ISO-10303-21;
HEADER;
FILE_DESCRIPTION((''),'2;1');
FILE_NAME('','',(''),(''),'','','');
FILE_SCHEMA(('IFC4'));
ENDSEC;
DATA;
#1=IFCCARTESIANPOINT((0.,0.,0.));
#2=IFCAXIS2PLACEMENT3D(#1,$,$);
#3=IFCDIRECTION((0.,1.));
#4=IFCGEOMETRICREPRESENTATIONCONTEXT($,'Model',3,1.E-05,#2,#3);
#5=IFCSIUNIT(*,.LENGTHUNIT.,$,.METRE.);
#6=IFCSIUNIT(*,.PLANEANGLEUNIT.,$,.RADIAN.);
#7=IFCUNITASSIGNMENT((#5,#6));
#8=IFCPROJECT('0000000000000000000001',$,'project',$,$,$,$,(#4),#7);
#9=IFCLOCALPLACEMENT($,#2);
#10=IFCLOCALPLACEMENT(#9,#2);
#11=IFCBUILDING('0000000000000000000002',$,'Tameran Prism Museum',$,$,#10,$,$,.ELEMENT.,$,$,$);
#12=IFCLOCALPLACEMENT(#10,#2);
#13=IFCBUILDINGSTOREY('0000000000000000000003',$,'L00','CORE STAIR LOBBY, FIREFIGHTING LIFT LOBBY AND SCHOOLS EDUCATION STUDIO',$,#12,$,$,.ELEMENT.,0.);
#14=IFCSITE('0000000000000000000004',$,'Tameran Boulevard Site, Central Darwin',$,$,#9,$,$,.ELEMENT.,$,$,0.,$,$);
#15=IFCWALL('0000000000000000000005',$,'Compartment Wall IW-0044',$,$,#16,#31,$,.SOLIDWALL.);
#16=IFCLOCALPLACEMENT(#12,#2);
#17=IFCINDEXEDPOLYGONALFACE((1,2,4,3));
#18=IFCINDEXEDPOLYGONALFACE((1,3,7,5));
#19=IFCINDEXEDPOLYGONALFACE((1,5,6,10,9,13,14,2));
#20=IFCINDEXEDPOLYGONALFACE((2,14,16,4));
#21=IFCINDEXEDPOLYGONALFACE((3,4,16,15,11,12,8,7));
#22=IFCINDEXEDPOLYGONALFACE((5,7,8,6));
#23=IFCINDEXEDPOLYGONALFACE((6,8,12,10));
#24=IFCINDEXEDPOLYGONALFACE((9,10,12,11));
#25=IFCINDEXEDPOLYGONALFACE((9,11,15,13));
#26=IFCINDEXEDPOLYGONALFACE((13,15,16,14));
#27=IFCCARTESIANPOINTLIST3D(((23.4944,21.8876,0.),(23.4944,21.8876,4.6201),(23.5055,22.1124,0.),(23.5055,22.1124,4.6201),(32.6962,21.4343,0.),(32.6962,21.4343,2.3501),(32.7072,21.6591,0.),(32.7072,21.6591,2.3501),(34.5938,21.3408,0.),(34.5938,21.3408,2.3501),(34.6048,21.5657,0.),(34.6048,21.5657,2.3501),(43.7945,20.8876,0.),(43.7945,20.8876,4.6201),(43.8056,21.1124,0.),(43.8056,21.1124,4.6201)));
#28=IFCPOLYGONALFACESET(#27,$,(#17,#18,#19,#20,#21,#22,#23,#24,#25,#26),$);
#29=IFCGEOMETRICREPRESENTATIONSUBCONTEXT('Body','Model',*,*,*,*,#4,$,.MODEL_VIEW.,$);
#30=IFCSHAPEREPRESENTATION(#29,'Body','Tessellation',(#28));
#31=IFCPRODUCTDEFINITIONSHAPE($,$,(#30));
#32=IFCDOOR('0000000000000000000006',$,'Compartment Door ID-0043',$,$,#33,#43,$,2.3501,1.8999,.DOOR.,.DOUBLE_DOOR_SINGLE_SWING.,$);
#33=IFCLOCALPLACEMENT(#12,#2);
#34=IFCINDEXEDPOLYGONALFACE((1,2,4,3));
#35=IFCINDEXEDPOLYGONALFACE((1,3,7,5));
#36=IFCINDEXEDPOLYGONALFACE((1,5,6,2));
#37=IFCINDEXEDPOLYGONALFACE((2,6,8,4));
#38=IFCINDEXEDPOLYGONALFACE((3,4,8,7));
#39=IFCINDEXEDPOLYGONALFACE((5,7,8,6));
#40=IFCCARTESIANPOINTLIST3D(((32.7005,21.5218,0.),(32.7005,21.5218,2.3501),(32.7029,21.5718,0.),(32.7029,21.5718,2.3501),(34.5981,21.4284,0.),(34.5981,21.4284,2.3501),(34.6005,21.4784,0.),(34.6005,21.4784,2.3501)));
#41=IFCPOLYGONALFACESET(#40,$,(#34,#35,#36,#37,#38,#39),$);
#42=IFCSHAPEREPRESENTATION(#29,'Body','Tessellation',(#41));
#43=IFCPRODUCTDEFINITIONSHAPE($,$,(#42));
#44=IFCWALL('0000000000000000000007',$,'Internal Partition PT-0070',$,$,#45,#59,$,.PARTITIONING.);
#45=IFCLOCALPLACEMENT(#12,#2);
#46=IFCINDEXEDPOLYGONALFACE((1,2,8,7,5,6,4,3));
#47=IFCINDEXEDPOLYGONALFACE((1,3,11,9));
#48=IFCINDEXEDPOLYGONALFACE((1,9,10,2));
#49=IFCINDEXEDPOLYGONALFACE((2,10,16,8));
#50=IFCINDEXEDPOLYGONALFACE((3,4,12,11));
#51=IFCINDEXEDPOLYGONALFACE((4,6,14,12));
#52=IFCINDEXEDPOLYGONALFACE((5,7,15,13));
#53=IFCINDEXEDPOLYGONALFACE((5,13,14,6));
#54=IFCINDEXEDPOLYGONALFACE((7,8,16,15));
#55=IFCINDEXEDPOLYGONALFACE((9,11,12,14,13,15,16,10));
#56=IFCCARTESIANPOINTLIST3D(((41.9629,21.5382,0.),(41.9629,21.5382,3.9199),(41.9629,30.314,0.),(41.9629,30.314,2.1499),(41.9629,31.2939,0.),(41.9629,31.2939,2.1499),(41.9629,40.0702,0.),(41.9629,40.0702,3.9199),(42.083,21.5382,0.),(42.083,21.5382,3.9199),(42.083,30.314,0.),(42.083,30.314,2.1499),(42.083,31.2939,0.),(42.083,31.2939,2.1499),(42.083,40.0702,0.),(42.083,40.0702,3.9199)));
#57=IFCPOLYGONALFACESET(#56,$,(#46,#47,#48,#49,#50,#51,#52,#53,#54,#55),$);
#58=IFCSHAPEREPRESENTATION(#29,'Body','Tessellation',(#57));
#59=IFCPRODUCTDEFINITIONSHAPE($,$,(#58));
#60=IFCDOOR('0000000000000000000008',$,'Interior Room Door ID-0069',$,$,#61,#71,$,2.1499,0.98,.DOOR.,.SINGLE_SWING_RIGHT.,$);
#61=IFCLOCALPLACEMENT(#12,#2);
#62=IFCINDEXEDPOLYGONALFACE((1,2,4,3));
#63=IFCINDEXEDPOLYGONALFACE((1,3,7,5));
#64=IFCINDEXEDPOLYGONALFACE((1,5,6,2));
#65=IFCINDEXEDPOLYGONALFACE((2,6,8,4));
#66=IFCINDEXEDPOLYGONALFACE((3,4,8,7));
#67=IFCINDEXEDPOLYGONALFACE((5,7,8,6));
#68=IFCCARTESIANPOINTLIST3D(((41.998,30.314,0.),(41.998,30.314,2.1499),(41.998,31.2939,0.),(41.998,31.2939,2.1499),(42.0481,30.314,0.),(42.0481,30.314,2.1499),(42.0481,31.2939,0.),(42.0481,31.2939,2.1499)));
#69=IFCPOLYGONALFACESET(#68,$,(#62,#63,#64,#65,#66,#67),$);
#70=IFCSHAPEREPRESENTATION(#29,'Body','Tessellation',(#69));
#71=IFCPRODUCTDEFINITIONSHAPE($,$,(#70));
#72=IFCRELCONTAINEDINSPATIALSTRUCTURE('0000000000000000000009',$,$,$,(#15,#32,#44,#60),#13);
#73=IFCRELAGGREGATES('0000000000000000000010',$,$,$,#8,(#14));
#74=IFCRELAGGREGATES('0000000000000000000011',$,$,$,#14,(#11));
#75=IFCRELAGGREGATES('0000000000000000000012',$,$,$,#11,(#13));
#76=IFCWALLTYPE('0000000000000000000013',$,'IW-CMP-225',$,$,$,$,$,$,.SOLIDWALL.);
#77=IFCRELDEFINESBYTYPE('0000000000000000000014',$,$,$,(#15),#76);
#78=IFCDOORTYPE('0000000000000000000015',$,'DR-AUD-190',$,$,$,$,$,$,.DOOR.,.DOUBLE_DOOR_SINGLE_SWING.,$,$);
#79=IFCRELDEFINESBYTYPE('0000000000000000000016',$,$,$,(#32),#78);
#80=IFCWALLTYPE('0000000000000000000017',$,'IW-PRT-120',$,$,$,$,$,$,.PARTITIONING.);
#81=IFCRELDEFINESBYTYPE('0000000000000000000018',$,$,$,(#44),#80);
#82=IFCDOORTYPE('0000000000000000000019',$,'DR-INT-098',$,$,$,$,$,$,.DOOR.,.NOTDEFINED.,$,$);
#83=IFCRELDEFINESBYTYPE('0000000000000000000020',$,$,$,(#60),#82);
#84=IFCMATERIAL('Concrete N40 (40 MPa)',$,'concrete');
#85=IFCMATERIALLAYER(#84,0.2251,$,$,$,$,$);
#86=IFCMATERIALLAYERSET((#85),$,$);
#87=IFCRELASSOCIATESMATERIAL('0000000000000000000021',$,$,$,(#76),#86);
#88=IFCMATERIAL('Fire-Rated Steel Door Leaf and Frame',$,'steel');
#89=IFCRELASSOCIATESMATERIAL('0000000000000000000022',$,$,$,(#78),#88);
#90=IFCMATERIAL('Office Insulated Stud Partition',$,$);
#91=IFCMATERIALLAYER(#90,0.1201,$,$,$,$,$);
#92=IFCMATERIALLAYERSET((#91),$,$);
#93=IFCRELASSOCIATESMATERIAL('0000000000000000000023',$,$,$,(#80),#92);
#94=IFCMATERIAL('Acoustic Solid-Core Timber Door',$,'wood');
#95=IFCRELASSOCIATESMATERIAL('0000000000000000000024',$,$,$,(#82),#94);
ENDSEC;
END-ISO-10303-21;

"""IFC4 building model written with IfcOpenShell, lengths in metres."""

from ifc_helpers import new_model, si_unit, direction, frame, frame_2d, origin, place, context, subcontext, project, spatial, rectangle, extrude, material, layer, layer_set, type_object, element, fill, save


model = new_model("IFC4")

# Units and contexts
model_context = context("Model", 3, precision=1e-05, world=origin(), true_north=direction((0.0, 1.0)))
body_context = subcontext(model_context, "Body", "Model", "MODEL_VIEW")
ifc_project = project(units=[si_unit("LENGTHUNIT", "METRE"), si_unit("PLANEANGLEUNIT", "RADIAN")], contexts=[model_context])

# Site, building, storey
site_placement = place(None, origin())
site = spatial("IfcSite", under=ifc_project, at=site_placement, Name="Tameran Boulevard Site, Central Darwin", CompositionType="ELEMENT", RefElevation=0.0)
building_placement = place(site_placement, origin())
building = spatial("IfcBuilding", under=site, at=building_placement, Name="Tameran Prism Museum", CompositionType="ELEMENT")
storey_placement = place(building_placement, origin())
storey = spatial("IfcBuildingStorey", under=building, at=storey_placement, Name="L00", Description="CORE STAIR LOBBY, FIREFIGHTING LIFT LOBBY AND SCHOOLS EDUCATION STUDIO", CompositionType="ELEMENT", Elevation=0.0)

# Walls, openings, doors
ifc_material_1 = material(Name="Concrete N40 (40 MPa)", Category="concrete")
ifc_layer_1 = layer(ifc_material_1, 0.2251)
ifc_layer_set_1 = layer_set([ifc_layer_1])
wall_type_1 = type_object("IfcWallType", Name="IW-CMP-225", PredefinedType="SOLIDWALL", material=ifc_layer_set_1)
wall_1_placement = place(storey_placement, frame((43.8, 21.0, 0.0), z_axis=(0.0, 0.0, 1.0), x_axis=(-0.998789, 0.049201, 0.0)))
wall_1 = element("IfcWall", 1, at=wall_1_placement, inside=storey, type_object=wall_type_1, Name="Compartment Wall IW-0044", PredefinedType="SOLIDWALL", context=body_context, shape_type="SweptSolid", body=[
    extrude(rectangle(XDim=20.3247, YDim=0.2251, at=frame_2d((10.1624, 0.0))), origin(), (0.0, 0.0, 1.0), 4.6201),
])
opening_1_placement = place(wall_1_placement, frame((9.2119, 0.0, 0.0)))
opening_1 = element("IfcOpeningElement", 2, at=opening_1_placement, cuts=wall_1, PredefinedType="OPENING", context=body_context, shape_type="SweptSolid", body=[
    extrude(rectangle(XDim=1.8999, YDim=2.3501, at=frame_2d((0.95, 1.175))), frame((0.0, 0.1226, 0.0), z_axis=(0.0, -1.0, 0.0), x_axis=(1.0, 0.0, 0.0)), (0.0, 0.0, 1.0), 0.2451),
])
ifc_material_2 = material(Name="Fire-Rated Steel Door Leaf and Frame", Category="steel")
door_type_1 = type_object("IfcDoorType", Name="DR-AUD-190", OperationType="DOUBLE_DOOR_SINGLE_SWING", PredefinedType="DOOR", material=ifc_material_2)
door_1_placement = place(opening_1_placement, origin())
door_1 = element("IfcDoor", 3, at=door_1_placement, inside=storey, type_object=door_type_1, Name="Compartment Door ID-0043", OperationType="DOUBLE_DOOR_SINGLE_SWING", OverallHeight=2.3501, OverallWidth=1.8999, PredefinedType="DOOR", context=body_context, shape_type="SweptSolid", body=[
    extrude(rectangle(XDim=1.8999, YDim=2.3501, at=frame_2d((0.95, 1.175))), frame((0.0, 0.0249, 0.0), z_axis=(0.0, -1.0, 0.0), x_axis=(1.0, 0.0, 0.0)), (0.0, 0.0, 1.0), 0.05),
])
fill(opening_1, door_1)
ifc_material_3 = material(Name="Office Insulated Stud Partition")
ifc_layer_2 = layer(ifc_material_3, 0.1201)
ifc_layer_set_2 = layer_set([ifc_layer_2])
wall_type_2 = type_object("IfcWallType", Name="IW-PRT-120", PredefinedType="PARTITIONING", material=ifc_layer_set_2)
wall_2_placement = place(storey_placement, frame((42.0229, 21.5381, 0.0), z_axis=(0.0, 0.0, 1.0), x_axis=(0.0, 1.0, 0.0)))
wall_2 = element("IfcWall", 4, at=wall_2_placement, inside=storey, type_object=wall_type_2, Name="Internal Partition PT-0070", PredefinedType="PARTITIONING", context=body_context, shape_type="SweptSolid", body=[
    extrude(rectangle(XDim=18.532, YDim=0.1201, at=frame_2d((9.2661, 0.0))), origin(), (0.0, 0.0, 1.0), 3.9199),
])
opening_2_placement = place(wall_2_placement, frame((8.7759, 0.0, 0.0)))
opening_2 = element("IfcOpeningElement", 5, at=opening_2_placement, cuts=wall_2, PredefinedType="OPENING", context=body_context, shape_type="SweptSolid", body=[
    extrude(rectangle(XDim=0.98, YDim=2.1499, at=frame_2d((0.49, 1.075))), frame((0.0, 0.0701, 0.0), z_axis=(0.0, -1.0, 0.0), x_axis=(1.0, 0.0, 0.0)), (0.0, 0.0, 1.0), 0.1401),
])
ifc_material_4 = material(Name="Acoustic Solid-Core Timber Door", Category="wood")
door_type_2 = type_object("IfcDoorType", Name="DR-INT-098", OperationType="NOTDEFINED", PredefinedType="DOOR", material=ifc_material_4)
door_2_placement = place(opening_2_placement, origin())
door_2 = element("IfcDoor", 6, at=door_2_placement, inside=storey, type_object=door_type_2, Name="Interior Room Door ID-0069", OperationType="SINGLE_SWING_RIGHT", OverallHeight=2.1499, OverallWidth=0.98, PredefinedType="DOOR", context=body_context, shape_type="SweptSolid", body=[
    extrude(rectangle(XDim=0.98, YDim=2.1499, at=frame_2d((0.49, 1.075))), frame((0.0, 0.0249, 0.0), z_axis=(0.0, -1.0, 0.0), x_axis=(1.0, 0.0, 0.0)), (0.0, 0.0, 1.0), 0.05),
])
fill(opening_2, door_2)

save(model, "model.ifc")
